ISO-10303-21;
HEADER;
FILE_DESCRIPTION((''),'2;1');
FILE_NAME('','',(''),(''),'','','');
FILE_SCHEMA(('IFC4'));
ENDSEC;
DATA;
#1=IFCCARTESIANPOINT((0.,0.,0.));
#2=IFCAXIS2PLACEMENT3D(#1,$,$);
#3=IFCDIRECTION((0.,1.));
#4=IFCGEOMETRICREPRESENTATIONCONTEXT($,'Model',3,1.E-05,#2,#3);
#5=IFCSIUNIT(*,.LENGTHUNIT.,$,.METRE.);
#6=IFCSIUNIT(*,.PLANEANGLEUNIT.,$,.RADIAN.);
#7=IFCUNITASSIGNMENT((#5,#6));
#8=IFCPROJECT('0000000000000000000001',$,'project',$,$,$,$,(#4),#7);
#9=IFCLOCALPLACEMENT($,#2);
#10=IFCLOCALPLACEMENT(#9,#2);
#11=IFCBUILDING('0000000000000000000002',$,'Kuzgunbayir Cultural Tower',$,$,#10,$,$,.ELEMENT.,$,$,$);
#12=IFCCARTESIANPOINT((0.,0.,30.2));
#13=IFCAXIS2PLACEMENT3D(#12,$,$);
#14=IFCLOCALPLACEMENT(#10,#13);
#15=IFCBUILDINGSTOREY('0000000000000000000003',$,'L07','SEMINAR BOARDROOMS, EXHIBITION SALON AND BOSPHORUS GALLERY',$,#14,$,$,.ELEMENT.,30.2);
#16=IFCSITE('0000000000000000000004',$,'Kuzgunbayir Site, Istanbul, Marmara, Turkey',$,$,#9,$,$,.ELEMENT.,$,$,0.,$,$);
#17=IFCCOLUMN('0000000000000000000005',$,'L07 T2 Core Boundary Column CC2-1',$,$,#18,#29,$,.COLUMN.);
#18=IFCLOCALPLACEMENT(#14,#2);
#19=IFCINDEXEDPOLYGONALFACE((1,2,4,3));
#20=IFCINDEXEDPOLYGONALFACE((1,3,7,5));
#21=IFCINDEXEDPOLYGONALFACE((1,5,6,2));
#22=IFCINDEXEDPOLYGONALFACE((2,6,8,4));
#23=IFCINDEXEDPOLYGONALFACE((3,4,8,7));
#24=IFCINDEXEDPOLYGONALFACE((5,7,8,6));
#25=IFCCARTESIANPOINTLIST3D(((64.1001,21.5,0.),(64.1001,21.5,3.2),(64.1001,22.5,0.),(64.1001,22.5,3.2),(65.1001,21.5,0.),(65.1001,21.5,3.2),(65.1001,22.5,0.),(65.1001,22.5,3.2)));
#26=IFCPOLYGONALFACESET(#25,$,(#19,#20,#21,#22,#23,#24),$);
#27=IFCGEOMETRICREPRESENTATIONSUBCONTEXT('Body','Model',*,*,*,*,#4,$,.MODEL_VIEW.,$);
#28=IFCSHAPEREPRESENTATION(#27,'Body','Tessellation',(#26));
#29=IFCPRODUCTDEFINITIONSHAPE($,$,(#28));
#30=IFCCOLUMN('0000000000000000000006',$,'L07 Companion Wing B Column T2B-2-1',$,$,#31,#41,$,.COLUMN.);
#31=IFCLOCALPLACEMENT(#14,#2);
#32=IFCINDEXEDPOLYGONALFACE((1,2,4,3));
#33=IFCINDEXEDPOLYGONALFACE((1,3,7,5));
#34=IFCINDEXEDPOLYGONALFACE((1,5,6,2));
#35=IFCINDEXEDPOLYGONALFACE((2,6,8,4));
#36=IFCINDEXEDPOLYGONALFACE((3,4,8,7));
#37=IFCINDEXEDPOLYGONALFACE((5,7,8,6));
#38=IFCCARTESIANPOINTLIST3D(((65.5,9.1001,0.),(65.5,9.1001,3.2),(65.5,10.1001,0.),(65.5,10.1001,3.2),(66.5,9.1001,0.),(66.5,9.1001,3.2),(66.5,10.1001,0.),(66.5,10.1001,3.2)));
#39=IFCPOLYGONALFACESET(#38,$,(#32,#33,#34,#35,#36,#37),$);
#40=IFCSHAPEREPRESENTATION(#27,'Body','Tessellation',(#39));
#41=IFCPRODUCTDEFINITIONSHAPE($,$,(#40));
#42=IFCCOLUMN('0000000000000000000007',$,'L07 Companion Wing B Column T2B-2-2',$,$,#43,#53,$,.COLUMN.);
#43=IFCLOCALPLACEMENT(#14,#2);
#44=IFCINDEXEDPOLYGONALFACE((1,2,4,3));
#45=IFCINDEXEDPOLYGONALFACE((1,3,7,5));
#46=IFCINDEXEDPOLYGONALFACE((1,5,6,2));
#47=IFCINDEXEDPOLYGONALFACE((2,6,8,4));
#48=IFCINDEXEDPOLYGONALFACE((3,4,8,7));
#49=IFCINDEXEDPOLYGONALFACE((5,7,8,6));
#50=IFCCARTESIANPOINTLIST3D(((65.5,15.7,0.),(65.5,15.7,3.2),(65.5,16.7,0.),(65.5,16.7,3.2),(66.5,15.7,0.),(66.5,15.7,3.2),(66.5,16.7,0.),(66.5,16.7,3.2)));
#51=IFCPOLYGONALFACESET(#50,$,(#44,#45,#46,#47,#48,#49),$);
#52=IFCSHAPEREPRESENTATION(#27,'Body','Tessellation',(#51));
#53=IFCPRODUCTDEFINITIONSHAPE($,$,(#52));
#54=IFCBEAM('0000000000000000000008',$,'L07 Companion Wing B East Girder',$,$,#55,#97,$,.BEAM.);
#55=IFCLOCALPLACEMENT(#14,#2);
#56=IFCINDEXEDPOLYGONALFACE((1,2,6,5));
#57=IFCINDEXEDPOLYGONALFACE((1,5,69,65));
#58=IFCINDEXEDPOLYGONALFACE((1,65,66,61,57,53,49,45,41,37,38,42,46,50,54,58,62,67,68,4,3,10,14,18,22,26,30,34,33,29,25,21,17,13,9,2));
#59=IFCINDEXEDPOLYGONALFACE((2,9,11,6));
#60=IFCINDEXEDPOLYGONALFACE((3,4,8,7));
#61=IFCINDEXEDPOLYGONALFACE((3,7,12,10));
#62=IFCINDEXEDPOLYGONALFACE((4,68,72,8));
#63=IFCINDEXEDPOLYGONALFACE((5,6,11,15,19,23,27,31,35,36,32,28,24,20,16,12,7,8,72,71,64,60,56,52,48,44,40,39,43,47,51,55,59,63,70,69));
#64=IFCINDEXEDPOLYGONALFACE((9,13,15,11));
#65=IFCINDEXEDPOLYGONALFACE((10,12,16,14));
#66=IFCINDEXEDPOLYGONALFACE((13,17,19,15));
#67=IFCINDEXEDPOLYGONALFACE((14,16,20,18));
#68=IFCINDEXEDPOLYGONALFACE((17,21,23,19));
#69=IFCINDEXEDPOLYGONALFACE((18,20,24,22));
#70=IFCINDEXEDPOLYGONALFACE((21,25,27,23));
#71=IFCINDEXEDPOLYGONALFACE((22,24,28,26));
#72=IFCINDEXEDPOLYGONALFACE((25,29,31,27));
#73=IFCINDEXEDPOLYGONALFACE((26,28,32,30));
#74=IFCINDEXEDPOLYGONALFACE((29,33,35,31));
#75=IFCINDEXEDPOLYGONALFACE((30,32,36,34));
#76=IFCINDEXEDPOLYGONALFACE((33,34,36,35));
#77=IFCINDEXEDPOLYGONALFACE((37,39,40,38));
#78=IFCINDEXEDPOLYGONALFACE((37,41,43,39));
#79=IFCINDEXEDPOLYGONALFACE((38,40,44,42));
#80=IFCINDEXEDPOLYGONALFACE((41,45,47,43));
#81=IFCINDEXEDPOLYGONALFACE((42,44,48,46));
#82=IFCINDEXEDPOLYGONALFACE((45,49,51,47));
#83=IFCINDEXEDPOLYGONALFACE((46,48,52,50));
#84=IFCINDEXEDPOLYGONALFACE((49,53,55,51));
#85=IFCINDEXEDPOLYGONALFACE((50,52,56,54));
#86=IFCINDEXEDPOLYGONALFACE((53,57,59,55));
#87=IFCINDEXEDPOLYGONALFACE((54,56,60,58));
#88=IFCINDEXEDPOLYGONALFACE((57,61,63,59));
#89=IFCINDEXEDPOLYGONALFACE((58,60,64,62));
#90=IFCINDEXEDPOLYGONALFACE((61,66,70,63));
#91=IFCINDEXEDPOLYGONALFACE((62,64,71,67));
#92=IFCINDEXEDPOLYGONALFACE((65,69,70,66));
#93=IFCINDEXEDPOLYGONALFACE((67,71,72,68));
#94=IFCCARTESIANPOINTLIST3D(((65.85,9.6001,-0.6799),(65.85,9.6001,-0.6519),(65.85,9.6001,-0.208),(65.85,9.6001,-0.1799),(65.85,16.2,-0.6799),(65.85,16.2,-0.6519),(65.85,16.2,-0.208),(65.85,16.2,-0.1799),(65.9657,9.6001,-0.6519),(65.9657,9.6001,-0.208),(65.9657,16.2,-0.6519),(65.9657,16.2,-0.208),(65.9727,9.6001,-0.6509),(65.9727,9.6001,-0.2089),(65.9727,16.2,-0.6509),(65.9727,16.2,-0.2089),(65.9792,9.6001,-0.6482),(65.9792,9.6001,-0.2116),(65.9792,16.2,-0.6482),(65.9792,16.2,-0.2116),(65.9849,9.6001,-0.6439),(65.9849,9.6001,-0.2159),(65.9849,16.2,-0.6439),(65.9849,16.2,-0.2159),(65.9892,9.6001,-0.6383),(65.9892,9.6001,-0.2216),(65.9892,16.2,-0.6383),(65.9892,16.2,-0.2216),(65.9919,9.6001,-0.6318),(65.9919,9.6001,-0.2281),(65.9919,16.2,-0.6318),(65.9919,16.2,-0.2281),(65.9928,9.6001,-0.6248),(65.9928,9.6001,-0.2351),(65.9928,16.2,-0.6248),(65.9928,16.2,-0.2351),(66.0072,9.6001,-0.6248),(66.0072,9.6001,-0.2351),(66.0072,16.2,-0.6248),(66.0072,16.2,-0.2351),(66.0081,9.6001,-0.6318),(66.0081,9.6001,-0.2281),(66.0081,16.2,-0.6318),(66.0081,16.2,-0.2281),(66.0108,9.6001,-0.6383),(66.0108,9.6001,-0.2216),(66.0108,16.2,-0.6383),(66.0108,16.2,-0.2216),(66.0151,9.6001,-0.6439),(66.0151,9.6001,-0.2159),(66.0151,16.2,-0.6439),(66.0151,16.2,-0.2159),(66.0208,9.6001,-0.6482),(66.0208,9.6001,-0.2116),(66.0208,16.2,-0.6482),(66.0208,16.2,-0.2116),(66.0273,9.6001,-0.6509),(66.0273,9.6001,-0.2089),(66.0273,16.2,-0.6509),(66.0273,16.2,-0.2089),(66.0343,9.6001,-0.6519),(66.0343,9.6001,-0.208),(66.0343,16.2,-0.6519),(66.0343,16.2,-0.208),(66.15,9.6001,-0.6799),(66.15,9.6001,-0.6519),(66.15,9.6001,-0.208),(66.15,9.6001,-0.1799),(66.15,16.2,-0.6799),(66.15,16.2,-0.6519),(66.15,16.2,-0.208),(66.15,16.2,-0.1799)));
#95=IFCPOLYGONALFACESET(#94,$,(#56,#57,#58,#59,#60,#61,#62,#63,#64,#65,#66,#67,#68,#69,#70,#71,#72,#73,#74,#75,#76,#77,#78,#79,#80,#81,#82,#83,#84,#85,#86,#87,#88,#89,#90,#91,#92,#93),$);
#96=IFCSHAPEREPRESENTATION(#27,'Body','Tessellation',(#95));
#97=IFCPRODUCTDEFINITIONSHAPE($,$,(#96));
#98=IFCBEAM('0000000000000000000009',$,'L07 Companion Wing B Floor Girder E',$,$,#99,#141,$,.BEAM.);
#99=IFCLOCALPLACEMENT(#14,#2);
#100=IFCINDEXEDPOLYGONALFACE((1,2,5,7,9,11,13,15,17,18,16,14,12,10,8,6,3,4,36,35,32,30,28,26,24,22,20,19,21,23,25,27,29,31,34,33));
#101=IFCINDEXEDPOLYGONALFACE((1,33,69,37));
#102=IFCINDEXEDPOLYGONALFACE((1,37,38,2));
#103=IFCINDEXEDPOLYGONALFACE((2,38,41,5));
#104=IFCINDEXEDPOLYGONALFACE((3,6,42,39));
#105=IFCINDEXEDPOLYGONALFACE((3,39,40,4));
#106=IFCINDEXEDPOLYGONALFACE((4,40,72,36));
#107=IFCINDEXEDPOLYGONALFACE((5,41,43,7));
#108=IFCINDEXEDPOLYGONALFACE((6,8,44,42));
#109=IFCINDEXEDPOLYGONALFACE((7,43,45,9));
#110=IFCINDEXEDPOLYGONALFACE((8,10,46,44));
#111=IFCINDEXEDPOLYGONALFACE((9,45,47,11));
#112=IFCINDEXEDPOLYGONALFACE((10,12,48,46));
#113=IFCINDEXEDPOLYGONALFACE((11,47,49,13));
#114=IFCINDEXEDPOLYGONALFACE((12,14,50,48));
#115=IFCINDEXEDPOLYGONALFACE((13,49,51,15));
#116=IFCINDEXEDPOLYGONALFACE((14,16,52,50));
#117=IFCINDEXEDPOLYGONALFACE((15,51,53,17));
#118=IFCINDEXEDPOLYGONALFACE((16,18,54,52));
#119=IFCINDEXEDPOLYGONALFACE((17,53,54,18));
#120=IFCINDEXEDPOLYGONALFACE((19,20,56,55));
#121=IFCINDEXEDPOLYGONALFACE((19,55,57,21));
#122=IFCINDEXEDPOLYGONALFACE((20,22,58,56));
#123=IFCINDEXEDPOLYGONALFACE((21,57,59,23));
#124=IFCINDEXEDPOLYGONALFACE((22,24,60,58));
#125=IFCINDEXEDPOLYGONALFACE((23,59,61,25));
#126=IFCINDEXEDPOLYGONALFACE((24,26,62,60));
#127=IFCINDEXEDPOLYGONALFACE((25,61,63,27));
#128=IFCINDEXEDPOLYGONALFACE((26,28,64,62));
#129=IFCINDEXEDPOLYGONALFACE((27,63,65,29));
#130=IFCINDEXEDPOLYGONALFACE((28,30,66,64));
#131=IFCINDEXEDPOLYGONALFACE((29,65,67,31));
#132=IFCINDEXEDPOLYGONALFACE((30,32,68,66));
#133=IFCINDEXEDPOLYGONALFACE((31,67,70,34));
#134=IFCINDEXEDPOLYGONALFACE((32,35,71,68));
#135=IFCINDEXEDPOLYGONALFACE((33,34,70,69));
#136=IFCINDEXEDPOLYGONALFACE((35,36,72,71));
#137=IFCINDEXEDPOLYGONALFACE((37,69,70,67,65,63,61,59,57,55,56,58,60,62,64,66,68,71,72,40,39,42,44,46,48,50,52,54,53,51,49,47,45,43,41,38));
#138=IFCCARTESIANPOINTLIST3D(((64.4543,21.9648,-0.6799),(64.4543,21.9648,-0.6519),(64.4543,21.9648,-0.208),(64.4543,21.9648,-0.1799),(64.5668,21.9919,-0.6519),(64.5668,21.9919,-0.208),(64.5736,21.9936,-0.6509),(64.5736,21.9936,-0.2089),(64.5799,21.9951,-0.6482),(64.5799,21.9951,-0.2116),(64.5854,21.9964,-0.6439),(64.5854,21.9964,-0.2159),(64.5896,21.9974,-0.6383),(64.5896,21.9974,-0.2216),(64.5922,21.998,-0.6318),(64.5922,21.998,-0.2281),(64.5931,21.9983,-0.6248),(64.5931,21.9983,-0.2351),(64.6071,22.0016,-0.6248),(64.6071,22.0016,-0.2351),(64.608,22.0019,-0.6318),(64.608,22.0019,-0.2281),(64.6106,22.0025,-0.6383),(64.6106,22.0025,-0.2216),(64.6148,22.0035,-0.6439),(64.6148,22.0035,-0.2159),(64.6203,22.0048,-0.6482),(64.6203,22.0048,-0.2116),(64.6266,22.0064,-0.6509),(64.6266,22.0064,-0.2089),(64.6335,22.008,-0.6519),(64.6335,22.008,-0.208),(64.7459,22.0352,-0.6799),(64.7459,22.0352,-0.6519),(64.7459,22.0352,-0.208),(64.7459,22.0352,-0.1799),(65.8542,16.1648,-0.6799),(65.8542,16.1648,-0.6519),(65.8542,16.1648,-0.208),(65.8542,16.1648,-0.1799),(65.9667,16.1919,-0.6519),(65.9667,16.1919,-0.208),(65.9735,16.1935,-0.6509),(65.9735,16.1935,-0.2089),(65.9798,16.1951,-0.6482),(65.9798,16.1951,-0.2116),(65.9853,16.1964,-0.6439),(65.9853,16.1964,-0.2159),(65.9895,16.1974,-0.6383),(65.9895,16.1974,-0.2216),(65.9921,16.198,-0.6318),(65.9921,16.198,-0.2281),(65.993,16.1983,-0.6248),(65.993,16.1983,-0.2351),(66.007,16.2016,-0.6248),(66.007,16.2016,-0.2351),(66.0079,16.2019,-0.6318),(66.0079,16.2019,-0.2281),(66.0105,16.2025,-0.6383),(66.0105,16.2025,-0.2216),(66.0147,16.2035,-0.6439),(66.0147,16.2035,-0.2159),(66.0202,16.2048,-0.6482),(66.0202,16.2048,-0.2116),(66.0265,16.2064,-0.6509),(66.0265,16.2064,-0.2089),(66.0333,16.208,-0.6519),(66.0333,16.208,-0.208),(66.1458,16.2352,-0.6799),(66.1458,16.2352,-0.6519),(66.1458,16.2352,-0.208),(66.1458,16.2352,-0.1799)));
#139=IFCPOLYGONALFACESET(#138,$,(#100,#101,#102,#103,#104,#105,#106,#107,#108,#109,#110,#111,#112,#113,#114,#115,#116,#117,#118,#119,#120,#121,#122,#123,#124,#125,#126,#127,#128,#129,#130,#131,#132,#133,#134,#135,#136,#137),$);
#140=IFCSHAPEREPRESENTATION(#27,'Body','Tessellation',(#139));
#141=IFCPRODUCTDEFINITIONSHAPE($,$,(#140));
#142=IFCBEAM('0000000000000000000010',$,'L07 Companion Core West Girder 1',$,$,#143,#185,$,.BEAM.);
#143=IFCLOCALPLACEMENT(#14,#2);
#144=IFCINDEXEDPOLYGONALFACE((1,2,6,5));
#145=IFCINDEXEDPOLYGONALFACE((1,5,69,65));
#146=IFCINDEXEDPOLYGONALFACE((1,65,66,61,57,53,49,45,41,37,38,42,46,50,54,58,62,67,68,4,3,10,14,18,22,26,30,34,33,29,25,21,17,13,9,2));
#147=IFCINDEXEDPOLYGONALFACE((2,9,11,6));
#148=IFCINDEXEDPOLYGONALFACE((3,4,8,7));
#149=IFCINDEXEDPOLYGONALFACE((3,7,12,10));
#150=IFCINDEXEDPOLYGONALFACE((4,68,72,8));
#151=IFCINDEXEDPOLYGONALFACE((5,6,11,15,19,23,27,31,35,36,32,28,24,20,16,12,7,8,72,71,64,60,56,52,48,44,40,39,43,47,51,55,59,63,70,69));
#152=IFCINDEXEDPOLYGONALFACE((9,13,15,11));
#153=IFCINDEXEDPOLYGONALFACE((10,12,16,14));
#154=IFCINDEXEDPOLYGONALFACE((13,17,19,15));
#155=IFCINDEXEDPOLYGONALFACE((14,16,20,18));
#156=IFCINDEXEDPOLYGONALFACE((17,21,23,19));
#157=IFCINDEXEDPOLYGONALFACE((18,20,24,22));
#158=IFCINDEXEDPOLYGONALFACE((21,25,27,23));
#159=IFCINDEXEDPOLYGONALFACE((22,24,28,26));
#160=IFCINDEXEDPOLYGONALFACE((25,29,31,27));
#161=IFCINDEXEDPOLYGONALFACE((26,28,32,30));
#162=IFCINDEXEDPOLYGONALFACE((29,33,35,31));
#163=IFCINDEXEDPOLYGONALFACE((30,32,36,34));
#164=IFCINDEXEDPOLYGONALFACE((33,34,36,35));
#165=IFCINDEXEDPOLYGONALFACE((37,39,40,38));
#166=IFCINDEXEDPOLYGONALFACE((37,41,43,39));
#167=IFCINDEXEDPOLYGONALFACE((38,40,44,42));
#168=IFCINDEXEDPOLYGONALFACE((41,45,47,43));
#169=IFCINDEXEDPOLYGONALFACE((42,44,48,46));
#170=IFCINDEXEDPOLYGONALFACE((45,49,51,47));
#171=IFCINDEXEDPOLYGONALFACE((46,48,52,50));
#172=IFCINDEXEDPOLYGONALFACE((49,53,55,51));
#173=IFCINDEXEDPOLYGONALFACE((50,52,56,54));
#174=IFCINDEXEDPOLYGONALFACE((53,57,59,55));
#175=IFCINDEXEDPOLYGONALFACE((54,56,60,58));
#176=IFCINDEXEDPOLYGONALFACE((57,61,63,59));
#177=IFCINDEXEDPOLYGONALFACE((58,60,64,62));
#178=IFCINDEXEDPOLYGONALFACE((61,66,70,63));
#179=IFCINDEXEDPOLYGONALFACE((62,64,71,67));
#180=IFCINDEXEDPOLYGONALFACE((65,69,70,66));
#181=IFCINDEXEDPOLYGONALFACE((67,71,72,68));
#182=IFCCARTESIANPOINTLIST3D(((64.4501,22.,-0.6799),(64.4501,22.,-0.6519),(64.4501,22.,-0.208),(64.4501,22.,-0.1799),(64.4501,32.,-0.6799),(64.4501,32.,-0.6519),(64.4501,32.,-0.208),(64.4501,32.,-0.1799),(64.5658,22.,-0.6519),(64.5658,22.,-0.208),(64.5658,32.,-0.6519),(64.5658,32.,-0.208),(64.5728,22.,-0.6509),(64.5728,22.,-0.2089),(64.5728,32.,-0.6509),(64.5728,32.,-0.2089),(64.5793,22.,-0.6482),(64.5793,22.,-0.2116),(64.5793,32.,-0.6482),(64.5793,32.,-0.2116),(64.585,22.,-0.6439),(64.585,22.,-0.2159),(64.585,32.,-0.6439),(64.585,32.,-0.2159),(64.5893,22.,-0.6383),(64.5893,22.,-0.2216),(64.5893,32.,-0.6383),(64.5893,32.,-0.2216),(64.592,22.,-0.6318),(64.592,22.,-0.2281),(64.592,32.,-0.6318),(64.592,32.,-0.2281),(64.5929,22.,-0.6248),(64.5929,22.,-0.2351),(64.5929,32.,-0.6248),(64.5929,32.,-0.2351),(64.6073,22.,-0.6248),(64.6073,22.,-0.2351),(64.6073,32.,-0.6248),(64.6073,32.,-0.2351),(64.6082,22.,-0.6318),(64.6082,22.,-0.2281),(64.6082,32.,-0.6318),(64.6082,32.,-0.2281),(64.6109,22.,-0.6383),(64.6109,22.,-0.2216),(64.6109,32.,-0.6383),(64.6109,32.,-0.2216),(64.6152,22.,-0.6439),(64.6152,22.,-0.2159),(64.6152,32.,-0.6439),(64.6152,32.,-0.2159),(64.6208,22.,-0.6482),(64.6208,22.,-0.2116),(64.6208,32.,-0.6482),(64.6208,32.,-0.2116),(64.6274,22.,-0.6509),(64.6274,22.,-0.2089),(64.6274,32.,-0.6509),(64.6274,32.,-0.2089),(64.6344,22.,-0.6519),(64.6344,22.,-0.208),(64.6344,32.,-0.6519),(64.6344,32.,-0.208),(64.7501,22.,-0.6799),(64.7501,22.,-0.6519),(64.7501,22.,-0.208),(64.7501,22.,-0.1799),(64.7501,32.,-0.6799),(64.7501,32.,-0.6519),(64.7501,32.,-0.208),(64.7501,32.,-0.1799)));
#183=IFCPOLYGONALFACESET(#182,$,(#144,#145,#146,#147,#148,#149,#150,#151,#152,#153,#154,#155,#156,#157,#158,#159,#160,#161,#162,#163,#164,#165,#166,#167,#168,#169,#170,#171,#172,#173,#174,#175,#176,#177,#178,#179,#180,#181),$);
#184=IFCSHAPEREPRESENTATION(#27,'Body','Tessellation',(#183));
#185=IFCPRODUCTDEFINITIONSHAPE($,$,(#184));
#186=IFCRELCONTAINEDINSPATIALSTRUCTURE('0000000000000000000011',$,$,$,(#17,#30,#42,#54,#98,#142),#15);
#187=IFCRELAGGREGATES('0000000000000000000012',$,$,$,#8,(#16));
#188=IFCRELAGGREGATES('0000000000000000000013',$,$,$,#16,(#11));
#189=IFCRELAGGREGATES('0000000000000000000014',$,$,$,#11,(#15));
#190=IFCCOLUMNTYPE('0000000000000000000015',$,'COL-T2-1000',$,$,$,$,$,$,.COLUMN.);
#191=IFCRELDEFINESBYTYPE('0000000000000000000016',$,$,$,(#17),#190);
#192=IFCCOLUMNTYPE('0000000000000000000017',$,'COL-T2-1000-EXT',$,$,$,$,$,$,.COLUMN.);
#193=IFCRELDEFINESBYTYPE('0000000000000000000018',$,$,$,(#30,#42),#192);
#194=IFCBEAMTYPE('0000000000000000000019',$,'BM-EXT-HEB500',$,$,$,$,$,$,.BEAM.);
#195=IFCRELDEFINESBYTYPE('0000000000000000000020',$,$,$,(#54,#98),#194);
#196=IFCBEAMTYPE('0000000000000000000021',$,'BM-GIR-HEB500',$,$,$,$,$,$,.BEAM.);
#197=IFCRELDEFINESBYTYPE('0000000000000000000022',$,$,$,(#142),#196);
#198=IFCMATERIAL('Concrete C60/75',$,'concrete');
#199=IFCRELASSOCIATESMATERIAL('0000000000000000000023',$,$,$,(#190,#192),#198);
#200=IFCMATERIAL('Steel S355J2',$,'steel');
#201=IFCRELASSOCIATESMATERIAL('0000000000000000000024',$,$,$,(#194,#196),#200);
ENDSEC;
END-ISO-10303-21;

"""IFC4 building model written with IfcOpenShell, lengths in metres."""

from ifc_helpers import new_model, si_unit, direction, frame, origin, origin_2d, place, context, subcontext, project, spatial, rectangle, i_section, extrude, material, material_profile, profile_set, type_object, element, save


model = new_model("IFC4")

# Units and contexts
model_context = context("Model", 3, precision=1e-05, world=origin(), true_north=direction((0.0, 1.0)))
body_context = subcontext(model_context, "Body", "Model", "MODEL_VIEW")
ifc_project = project(units=[si_unit("LENGTHUNIT", "METRE"), si_unit("PLANEANGLEUNIT", "RADIAN")], contexts=[model_context])

# Site, building, storey
site_placement = place(None, origin())
site = spatial("IfcSite", under=ifc_project, at=site_placement, Name="Kuzgunbayir Site, Istanbul, Marmara, Turkey", CompositionType="ELEMENT", RefElevation=0.0)
building_placement = place(site_placement, origin())
building = spatial("IfcBuilding", under=site, at=building_placement, Name="Kuzgunbayir Cultural Tower", CompositionType="ELEMENT")
storey_placement = place(building_placement, frame((0.0, 0.0, 30.2)))
storey = spatial("IfcBuildingStorey", under=building, at=storey_placement, Name="L07", Description="SEMINAR BOARDROOMS, EXHIBITION SALON AND BOSPHORUS GALLERY", CompositionType="ELEMENT", Elevation=30.2)

# Columns
ifc_material_1 = material(Name="Concrete C60/75", Category="concrete")
ifc_material_profile_1 = material_profile(ifc_material_1, rectangle(XDim=1.0, YDim=1.0, at=origin_2d()), Name="RC 1000x1000")
ifc_profile_set_1 = profile_set([ifc_material_profile_1], Name="Concrete C60/75")
column_type_1 = type_object("IfcColumnType", Name="COL-T2-1000", PredefinedType="COLUMN", material=ifc_profile_set_1)
column_placement = place(storey_placement, frame((64.6001, 22.0, 0.0), z_axis=(0.0, 0.0, 1.0), x_axis=(1.0, 0.0, 0.0)))
element("IfcColumn", 1, at=column_placement, inside=storey, type_object=column_type_1, Name="L07 T2 Core Boundary Column CC2-1", PredefinedType="COLUMN", context=body_context, shape_type="SweptSolid", body=[
    extrude(rectangle(XDim=1.0, YDim=1.0, at=origin_2d()), origin(), (0.0, 0.0, 1.0), 3.2),
])
ifc_material_profile_2 = material_profile(ifc_material_1, rectangle(XDim=1.0, YDim=1.0, at=origin_2d()), Name="RC 1000x1000")
ifc_profile_set_2 = profile_set([ifc_material_profile_2], Name="Concrete C60/75")
column_type_2 = type_object("IfcColumnType", Name="COL-T2-1000-EXT", PredefinedType="COLUMN", material=ifc_profile_set_2)
for number, where, z_axis, x_axis, name in (
    (2, (66.0, 9.6001, 0.0), (0.0, 0.0, 1.0), (1.0, 0.0, 0.0), "L07 Companion Wing B Column T2B-2-1"),
    (3, (66.0, 16.2, 0.0), (0.0, 0.0, 1.0), (1.0, 0.0, 0.0), "L07 Companion Wing B Column T2B-2-2"),
):
    element("IfcColumn", number, at=place(storey_placement, frame(where, z_axis=z_axis, x_axis=x_axis)), inside=storey, type_object=column_type_2, Name=name, PredefinedType="COLUMN", context=body_context, shape_type="SweptSolid", body=[
        extrude(rectangle(XDim=1.0, YDim=1.0, at=origin_2d()), origin(), (0.0, 0.0, 1.0), 3.2),
    ])

# Beams
ifc_material_2 = material(Name="Steel S355J2", Category="steel")
ifc_material_profile_3 = material_profile(ifc_material_2, i_section(OverallWidth=0.3, OverallDepth=0.5, WebThickness=0.0144, FlangeThickness=0.0281, FilletRadius=0.0271, at=origin_2d()), Name="HEB 500")
ifc_profile_set_3 = profile_set([ifc_material_profile_3], Name="Steel S355J2")
beam_type_1 = type_object("IfcBeamType", Name="BM-EXT-HEB500", PredefinedType="BEAM", material=ifc_profile_set_3)
beam_1_placement = place(storey_placement, frame((66.0, 9.6001, -0.4299), z_axis=(0.0, 1.0, 0.0), x_axis=(-1.0, 0.0, 0.0)))
element("IfcBeam", 4, at=beam_1_placement, inside=storey, type_object=beam_type_1, Name="L07 Companion Wing B East Girder", PredefinedType="BEAM", context=body_context, shape_type="SweptSolid", body=[
    extrude(i_section(OverallWidth=0.3, OverallDepth=0.5, WebThickness=0.0144, FlangeThickness=0.0281, FilletRadius=0.0271, at=origin_2d()), origin(), (0.0, 0.0, 1.0), 6.5999),
])
beam_2_placement = place(storey_placement, frame((66.0, 16.2, -0.4299), z_axis=(-0.234623, 0.972086, 0.0), x_axis=(-0.972086, -0.234623, 0.0)))
element("IfcBeam", 5, at=beam_2_placement, inside=storey, type_object=beam_type_1, Name="L07 Companion Wing B Floor Girder E", PredefinedType="BEAM", context=body_context, shape_type="SweptSolid", body=[
    extrude(i_section(OverallWidth=0.3, OverallDepth=0.5, WebThickness=0.0144, FlangeThickness=0.0281, FilletRadius=0.0271, at=origin_2d()), origin(), (0.0, 0.0, 1.0), 5.9666),
])
ifc_material_profile_4 = material_profile(ifc_material_2, i_section(OverallWidth=0.3, OverallDepth=0.5, WebThickness=0.0144, FlangeThickness=0.0281, FilletRadius=0.0271, at=origin_2d()), Name="HEB 500")
ifc_profile_set_4 = profile_set([ifc_material_profile_4], Name="Steel S355J2")
beam_type_2 = type_object("IfcBeamType", Name="BM-GIR-HEB500", PredefinedType="BEAM", material=ifc_profile_set_4)
beam_3_placement = place(storey_placement, frame((64.6001, 22.0, -0.4299), z_axis=(0.0, 1.0, 0.0), x_axis=(-1.0, 0.0, 0.0)))
element("IfcBeam", 6, at=beam_3_placement, inside=storey, type_object=beam_type_2, Name="L07 Companion Core West Girder 1", PredefinedType="BEAM", context=body_context, shape_type="SweptSolid", body=[
    extrude(i_section(OverallWidth=0.3, OverallDepth=0.5, WebThickness=0.0144, FlangeThickness=0.0281, FilletRadius=0.0271, at=origin_2d()), origin(), (0.0, 0.0, 1.0), 10.0),
])

save(model, "model.ifc")
